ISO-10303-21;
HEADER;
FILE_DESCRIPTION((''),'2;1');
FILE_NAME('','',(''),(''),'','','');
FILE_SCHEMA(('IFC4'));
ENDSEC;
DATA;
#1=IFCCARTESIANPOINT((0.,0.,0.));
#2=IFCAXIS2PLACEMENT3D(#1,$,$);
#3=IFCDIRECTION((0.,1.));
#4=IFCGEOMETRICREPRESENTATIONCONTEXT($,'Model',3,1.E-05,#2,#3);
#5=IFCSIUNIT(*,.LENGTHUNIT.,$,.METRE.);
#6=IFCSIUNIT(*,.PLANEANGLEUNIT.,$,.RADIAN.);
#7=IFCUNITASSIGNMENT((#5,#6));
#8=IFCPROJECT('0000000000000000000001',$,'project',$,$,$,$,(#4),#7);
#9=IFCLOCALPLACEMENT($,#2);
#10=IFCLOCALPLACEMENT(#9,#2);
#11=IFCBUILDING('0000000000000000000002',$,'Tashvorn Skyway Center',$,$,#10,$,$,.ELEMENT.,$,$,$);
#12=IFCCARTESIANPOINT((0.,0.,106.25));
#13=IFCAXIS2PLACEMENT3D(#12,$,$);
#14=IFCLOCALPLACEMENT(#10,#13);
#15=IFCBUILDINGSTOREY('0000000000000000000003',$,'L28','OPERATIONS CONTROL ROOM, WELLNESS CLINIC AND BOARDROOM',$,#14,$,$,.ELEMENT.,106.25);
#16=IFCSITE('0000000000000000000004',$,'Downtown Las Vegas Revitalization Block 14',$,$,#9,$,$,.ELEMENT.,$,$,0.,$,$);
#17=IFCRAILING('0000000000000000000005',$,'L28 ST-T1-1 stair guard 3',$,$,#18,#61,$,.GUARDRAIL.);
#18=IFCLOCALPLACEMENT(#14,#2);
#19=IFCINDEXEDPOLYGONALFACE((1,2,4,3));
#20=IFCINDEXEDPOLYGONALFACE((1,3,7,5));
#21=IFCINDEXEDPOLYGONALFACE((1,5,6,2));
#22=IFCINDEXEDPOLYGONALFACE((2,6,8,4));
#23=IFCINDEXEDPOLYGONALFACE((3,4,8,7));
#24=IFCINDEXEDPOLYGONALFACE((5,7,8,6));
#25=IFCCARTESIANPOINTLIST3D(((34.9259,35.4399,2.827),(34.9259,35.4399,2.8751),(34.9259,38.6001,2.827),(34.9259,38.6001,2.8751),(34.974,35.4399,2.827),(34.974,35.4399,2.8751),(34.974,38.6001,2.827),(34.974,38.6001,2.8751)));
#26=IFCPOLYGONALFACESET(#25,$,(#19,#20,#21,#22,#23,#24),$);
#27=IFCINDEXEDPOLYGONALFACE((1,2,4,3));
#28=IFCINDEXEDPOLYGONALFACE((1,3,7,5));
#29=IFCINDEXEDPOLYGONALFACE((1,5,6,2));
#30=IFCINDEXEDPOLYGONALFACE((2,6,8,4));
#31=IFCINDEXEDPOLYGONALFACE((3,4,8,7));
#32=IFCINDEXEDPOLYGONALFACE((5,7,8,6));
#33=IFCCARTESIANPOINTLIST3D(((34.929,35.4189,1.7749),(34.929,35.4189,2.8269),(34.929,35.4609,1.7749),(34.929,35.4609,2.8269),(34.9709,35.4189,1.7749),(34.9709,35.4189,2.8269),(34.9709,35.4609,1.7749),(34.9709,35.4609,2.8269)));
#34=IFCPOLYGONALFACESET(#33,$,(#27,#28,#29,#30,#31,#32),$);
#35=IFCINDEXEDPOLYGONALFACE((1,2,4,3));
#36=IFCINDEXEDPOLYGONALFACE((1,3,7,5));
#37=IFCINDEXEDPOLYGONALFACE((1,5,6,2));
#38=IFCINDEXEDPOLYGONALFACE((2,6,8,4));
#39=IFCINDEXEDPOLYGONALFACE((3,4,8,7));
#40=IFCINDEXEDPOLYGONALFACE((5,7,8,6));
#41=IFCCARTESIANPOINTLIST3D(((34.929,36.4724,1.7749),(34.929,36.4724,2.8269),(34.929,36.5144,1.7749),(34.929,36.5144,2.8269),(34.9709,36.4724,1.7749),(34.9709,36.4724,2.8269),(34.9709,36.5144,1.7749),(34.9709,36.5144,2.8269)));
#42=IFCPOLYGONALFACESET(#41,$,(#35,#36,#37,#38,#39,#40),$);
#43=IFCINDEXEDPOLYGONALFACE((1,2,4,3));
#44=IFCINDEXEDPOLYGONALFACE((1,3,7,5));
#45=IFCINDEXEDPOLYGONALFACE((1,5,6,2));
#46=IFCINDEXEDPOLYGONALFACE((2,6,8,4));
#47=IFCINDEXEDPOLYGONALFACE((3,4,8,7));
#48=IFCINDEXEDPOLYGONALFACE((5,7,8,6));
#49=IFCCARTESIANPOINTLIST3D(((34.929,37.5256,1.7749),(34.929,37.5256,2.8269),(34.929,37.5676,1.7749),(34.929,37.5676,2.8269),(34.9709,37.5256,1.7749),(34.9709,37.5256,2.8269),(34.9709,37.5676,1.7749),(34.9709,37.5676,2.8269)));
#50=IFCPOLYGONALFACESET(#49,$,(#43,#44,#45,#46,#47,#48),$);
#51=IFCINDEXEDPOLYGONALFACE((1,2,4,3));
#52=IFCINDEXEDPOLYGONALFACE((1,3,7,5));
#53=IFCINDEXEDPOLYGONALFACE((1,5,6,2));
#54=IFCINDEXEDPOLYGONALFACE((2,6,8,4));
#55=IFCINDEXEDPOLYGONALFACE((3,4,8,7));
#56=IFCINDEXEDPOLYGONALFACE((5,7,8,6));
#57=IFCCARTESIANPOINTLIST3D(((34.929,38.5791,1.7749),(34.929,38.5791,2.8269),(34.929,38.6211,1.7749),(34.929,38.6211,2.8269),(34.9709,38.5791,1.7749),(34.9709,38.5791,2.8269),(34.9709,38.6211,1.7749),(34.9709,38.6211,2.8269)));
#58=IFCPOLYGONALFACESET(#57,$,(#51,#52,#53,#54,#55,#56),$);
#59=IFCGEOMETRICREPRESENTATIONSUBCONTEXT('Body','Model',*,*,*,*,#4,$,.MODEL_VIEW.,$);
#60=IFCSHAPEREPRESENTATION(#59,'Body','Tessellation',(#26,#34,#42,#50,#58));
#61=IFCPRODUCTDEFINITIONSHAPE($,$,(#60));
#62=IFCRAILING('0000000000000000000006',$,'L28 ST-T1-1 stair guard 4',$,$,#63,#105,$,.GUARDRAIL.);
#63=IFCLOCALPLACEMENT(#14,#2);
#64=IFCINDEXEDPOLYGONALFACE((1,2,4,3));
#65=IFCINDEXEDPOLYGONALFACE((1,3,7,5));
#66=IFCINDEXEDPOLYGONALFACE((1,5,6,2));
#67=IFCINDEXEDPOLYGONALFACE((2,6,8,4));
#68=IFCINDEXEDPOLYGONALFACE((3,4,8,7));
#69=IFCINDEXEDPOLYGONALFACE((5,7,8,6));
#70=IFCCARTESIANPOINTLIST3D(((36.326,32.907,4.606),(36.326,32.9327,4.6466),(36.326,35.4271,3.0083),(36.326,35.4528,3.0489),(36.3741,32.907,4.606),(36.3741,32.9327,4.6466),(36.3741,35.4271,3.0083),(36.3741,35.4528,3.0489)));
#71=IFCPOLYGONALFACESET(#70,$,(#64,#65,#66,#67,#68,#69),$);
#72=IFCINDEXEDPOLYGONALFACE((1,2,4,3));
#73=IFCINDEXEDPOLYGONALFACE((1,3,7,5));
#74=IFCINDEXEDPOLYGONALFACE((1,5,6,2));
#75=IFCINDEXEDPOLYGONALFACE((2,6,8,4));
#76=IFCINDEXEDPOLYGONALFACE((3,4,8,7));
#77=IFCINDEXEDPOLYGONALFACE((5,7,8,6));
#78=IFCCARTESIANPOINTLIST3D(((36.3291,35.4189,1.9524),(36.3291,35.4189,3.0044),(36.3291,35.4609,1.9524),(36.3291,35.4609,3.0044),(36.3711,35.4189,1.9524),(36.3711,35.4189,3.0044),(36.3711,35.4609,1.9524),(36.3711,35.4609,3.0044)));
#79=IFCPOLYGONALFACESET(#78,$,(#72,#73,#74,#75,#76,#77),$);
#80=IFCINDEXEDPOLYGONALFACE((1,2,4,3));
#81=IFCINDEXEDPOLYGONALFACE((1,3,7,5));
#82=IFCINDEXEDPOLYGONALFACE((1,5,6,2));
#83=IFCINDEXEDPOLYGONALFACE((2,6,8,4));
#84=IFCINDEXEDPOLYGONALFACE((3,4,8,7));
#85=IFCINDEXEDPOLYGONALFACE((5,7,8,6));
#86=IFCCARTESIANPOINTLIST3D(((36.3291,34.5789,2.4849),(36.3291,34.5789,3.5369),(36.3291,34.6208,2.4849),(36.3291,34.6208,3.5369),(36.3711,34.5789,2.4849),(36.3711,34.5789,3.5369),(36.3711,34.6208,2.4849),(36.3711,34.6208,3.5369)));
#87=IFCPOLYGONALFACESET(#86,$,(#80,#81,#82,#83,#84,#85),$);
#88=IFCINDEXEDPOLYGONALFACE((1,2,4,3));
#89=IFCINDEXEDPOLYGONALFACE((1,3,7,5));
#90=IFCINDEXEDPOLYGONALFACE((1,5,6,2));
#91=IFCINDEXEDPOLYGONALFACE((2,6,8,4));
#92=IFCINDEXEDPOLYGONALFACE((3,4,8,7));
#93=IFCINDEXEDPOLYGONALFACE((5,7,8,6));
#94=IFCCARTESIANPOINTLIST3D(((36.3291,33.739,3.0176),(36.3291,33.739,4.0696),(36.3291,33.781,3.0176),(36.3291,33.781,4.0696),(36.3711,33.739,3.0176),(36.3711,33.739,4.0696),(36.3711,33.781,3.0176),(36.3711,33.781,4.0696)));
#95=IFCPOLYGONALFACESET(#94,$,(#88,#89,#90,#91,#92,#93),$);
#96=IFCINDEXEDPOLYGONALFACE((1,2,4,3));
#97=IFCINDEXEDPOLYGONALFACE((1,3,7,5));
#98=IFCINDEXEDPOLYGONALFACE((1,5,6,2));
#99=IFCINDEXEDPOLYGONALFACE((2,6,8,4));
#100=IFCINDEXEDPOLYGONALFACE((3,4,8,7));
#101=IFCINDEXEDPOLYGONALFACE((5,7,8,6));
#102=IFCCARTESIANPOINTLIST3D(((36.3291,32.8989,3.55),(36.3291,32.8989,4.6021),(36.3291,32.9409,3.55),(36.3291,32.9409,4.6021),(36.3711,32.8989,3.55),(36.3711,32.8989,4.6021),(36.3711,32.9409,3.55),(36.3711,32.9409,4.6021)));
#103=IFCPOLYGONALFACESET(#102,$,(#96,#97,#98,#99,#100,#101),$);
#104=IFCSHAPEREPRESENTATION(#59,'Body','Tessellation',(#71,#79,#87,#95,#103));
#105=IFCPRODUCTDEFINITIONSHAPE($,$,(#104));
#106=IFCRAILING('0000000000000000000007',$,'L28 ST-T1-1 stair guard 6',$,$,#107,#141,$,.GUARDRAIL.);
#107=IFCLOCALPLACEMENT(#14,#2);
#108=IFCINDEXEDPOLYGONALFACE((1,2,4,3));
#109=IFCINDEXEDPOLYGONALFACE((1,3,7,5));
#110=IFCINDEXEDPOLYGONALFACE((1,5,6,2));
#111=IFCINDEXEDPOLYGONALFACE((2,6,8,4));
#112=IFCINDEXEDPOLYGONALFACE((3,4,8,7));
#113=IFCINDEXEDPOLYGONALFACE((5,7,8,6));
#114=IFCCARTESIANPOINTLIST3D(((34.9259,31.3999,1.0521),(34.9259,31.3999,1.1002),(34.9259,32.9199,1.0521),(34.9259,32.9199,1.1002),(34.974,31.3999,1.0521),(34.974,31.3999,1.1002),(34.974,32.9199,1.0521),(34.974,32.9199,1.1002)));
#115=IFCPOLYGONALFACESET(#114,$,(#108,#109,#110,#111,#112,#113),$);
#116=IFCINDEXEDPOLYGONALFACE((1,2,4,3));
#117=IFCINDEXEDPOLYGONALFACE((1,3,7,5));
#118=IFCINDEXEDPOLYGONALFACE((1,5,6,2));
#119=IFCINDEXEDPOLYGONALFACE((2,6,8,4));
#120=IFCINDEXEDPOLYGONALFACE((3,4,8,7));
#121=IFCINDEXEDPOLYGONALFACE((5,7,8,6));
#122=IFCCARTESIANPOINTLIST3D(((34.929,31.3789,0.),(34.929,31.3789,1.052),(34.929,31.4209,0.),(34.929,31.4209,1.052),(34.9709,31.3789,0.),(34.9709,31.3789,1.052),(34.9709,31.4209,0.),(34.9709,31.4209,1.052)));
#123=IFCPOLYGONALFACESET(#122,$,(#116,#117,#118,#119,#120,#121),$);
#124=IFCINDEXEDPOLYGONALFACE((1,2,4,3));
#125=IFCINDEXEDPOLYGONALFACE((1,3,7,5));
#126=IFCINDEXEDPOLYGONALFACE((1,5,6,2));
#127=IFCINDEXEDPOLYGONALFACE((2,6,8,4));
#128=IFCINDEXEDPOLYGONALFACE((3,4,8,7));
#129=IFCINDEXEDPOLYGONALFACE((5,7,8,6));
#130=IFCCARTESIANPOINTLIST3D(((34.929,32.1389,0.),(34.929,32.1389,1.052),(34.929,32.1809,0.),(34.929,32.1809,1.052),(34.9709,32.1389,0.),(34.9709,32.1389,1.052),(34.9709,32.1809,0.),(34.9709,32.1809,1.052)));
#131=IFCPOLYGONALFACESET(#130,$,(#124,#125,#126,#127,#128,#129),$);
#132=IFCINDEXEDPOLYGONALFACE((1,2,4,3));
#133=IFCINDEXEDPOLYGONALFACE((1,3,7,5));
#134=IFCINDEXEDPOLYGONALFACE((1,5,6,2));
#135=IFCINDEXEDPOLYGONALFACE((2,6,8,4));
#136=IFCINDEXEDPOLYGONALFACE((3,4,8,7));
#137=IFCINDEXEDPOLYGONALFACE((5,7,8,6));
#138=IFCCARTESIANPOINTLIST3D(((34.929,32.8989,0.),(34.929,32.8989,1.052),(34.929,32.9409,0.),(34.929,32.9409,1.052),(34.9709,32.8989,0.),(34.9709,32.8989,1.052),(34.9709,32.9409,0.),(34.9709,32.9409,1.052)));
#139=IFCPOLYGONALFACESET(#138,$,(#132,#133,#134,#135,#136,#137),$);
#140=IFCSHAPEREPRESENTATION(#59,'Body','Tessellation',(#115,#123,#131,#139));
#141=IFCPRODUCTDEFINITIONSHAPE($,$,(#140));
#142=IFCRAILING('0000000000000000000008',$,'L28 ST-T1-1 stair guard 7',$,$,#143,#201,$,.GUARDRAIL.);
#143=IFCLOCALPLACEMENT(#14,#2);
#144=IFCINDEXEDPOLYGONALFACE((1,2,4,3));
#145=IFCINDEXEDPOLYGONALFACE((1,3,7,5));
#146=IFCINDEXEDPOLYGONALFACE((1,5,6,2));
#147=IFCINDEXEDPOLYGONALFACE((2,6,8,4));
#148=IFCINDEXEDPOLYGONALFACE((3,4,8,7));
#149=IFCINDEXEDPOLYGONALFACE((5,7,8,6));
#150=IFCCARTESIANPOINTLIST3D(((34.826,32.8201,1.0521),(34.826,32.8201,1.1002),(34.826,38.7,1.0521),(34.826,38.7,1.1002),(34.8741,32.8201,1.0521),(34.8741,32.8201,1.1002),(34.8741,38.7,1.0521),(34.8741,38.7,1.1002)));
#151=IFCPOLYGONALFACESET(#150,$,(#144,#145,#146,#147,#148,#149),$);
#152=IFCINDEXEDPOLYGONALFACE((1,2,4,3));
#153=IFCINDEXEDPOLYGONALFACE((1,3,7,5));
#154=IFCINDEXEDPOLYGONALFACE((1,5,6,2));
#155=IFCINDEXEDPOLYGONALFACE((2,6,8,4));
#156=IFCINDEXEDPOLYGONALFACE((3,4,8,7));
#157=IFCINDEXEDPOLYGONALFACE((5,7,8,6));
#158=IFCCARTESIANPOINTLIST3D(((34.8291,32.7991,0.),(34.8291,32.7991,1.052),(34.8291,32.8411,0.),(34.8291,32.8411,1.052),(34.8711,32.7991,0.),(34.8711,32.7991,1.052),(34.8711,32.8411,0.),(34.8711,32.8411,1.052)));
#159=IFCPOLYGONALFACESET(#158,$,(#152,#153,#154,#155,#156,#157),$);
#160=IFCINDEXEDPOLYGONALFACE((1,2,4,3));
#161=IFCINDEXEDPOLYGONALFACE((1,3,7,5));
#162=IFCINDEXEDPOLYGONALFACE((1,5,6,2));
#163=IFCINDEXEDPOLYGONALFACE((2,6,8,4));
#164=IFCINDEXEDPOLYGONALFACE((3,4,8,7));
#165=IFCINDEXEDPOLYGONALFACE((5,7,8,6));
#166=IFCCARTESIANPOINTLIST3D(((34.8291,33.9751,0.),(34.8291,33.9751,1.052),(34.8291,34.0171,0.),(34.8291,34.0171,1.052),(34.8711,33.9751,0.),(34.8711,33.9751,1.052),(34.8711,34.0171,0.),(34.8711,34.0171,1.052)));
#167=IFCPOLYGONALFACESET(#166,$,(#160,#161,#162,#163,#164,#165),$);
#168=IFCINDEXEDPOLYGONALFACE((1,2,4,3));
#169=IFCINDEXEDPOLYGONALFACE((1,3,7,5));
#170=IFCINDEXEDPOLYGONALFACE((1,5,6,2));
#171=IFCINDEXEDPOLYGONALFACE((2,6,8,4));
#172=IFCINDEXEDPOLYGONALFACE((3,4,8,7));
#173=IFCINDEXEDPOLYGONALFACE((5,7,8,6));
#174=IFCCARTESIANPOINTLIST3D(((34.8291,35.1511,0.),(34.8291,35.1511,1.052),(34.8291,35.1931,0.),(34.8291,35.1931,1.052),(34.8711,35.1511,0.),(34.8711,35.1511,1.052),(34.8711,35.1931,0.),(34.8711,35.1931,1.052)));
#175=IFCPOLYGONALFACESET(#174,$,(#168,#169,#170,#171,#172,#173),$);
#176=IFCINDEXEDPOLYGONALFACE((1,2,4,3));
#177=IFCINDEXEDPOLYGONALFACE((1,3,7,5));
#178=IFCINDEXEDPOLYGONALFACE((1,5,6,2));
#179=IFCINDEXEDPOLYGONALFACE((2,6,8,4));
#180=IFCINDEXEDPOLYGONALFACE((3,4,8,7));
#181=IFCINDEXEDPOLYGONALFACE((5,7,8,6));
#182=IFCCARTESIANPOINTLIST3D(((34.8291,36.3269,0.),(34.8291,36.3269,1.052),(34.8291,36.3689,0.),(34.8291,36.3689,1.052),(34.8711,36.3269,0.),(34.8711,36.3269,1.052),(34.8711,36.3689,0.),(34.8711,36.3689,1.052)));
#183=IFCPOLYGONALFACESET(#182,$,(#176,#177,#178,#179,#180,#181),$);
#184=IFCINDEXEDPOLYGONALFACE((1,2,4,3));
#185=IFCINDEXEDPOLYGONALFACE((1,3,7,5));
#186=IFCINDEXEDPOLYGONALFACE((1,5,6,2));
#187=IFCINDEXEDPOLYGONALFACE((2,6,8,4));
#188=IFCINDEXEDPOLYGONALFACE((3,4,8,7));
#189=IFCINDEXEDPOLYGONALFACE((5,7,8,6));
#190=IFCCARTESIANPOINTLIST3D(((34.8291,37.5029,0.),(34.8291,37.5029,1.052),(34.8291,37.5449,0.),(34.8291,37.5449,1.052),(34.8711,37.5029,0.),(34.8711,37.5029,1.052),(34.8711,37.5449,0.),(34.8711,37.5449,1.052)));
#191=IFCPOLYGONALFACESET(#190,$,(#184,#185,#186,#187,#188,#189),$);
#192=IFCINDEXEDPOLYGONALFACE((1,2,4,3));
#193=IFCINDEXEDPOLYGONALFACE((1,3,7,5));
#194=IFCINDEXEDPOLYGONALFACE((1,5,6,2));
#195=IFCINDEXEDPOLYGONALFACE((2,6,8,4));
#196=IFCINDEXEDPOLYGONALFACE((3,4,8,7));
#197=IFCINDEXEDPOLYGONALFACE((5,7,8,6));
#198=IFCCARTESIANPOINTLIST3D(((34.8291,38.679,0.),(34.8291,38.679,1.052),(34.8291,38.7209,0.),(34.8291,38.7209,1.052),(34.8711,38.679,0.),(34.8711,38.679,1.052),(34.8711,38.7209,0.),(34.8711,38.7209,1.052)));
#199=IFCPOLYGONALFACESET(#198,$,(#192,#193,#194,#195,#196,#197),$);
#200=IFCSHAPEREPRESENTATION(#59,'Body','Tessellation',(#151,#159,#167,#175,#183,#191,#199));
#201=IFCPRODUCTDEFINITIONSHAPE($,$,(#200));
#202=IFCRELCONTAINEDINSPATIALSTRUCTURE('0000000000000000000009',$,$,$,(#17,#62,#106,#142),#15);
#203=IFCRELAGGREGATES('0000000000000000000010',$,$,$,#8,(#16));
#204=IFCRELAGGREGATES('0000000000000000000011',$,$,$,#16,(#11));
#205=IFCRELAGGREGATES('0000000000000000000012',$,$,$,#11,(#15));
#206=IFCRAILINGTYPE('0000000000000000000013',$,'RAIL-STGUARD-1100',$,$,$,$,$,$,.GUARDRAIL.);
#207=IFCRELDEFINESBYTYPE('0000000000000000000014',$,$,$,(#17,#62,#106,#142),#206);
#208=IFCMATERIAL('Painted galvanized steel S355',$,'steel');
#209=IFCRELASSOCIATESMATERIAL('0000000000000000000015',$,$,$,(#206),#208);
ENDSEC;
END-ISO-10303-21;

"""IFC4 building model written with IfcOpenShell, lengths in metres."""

from ifc_helpers import new_model, si_unit, direction, frame, origin, origin_2d, place, context, subcontext, project, spatial, rectangle, extrude, material, type_object, element, save


model = new_model("IFC4")

# Units and contexts
model_context = context("Model", 3, precision=1e-05, world=origin(), true_north=direction((0.0, 1.0)))
body_context = subcontext(model_context, "Body", "Model", "MODEL_VIEW")
ifc_project = project(units=[si_unit("LENGTHUNIT", "METRE"), si_unit("PLANEANGLEUNIT", "RADIAN")], contexts=[model_context])

# Site, building, storey
site_placement = place(None, origin())
site = spatial("IfcSite", under=ifc_project, at=site_placement, Name="Downtown Las Vegas Revitalization Block 14", CompositionType="ELEMENT", RefElevation=0.0)
building_placement = place(site_placement, origin())
building = spatial("IfcBuilding", under=site, at=building_placement, Name="Tashvorn Skyway Center", CompositionType="ELEMENT")
storey_placement = place(building_placement, frame((0.0, 0.0, 106.25)))
storey = spatial("IfcBuildingStorey", under=building, at=storey_placement, Name="L28", Description="OPERATIONS CONTROL ROOM, WELLNESS CLINIC AND BOARDROOM", CompositionType="ELEMENT", Elevation=106.25)

# Railings
ifc_material_1 = material(Name="Painted galvanized steel S355", Category="steel")
railing_type_1 = type_object("IfcRailingType", Name="RAIL-STGUARD-1100", PredefinedType="GUARDRAIL", material=ifc_material_1)
railing_1_placement = place(storey_placement, frame((34.95, 35.4399, 1.7749)))
element("IfcRailing", 1, at=railing_1_placement, inside=storey, type_object=railing_type_1, Name="L28 ST-T1-1 stair guard 3", PredefinedType="GUARDRAIL", context=body_context, shape_type="SweptSolid", body=[
    extrude(rectangle(XDim=0.0481, YDim=0.0481, at=origin_2d()), frame((0.0, 0.0, 1.0762), z_axis=(0.0, 1.0, 0.0), x_axis=(-1.0, 0.0, 0.0)), (0.0, 0.0, 1.0), 3.1602),
    extrude(rectangle(XDim=0.042, YDim=0.042, at=origin_2d()), origin(), (0.0, 0.0, 1.0), 1.052),
    extrude(rectangle(XDim=0.042, YDim=0.042, at=origin_2d()), frame((0.0, 1.0535, 0.0)), (0.0, 0.0, 1.0), 1.052),
    extrude(rectangle(XDim=0.042, YDim=0.042, at=origin_2d()), frame((0.0, 2.1067, 0.0)), (0.0, 0.0, 1.0), 1.052),
    extrude(rectangle(XDim=0.042, YDim=0.042, at=origin_2d()), frame((0.0, 3.1602, 0.0)), (0.0, 0.0, 1.0), 1.052),
])
railing_2_placement = place(storey_placement, frame((36.3501, 35.4399, 1.9524)))
element("IfcRailing", 2, at=railing_2_placement, inside=storey, type_object=railing_type_1, Name="L28 ST-T1-1 stair guard 4", PredefinedType="GUARDRAIL", context=body_context, shape_type="SweptSolid", body=[
    extrude(rectangle(XDim=0.0481, YDim=0.0481, at=origin_2d()), frame((0.0, 0.0, 1.0762), z_axis=(0.0, -0.84457, 0.535445), x_axis=(1.0, 0.0, 0.0)), (0.0, 0.0, 1.0), 2.9839),
    extrude(rectangle(XDim=0.042, YDim=0.042, at=origin_2d()), origin(), (0.0, 0.0, 1.0), 1.052),
    extrude(rectangle(XDim=0.042, YDim=0.042, at=origin_2d()), frame((0.0, -0.8401, 0.5325)), (0.0, 0.0, 1.0), 1.052),
    extrude(rectangle(XDim=0.042, YDim=0.042, at=origin_2d()), frame((0.0, -1.6799, 1.0652)), (0.0, 0.0, 1.0), 1.052),
    extrude(rectangle(XDim=0.042, YDim=0.042, at=origin_2d()), frame((0.0, -2.52, 1.5977)), (0.0, 0.0, 1.0), 1.052),
])
railing_3_placement = place(storey_placement, frame((34.95, 31.3999, 0.0)))
element("IfcRailing", 3, at=railing_3_placement, inside=storey, type_object=railing_type_1, Name="L28 ST-T1-1 stair guard 6", PredefinedType="GUARDRAIL", context=body_context, shape_type="SweptSolid", body=[
    extrude(rectangle(XDim=0.0481, YDim=0.0481, at=origin_2d()), frame((0.0, 0.0, 1.0762), z_axis=(0.0, 1.0, 0.0), x_axis=(-1.0, 0.0, 0.0)), (0.0, 0.0, 1.0), 1.52),
    extrude(rectangle(XDim=0.042, YDim=0.042, at=origin_2d()), origin(), (0.0, 0.0, 1.0), 1.052),
    extrude(rectangle(XDim=0.042, YDim=0.042, at=origin_2d()), frame((0.0, 0.76, 0.0)), (0.0, 0.0, 1.0), 1.052),
    extrude(rectangle(XDim=0.042, YDim=0.042, at=origin_2d()), frame((0.0, 1.52, 0.0)), (0.0, 0.0, 1.0), 1.052),
])
railing_4_placement = place(storey_placement, frame((34.8501, 32.8201, 0.0)))
element("IfcRailing", 4, at=railing_4_placement, inside=storey, type_object=railing_type_1, Name="L28 ST-T1-1 stair guard 7", PredefinedType="GUARDRAIL", context=body_context, shape_type="SweptSolid", body=[
    extrude(rectangle(XDim=0.0481, YDim=0.0481, at=origin_2d()), frame((0.0, 0.0, 1.0762), z_axis=(0.0, 1.0, 0.0), x_axis=(-1.0, 0.0, 0.0)), (0.0, 0.0, 1.0), 5.8799),
    extrude(rectangle(XDim=0.042, YDim=0.042, at=origin_2d()), origin(), (0.0, 0.0, 1.0), 1.052),
    extrude(rectangle(XDim=0.042, YDim=0.042, at=origin_2d()), frame((0.0, 1.176, 0.0)), (0.0, 0.0, 1.0), 1.052),
    extrude(rectangle(XDim=0.042, YDim=0.042, at=origin_2d()), frame((0.0, 2.3521, 0.0)), (0.0, 0.0, 1.0), 1.052),
    extrude(rectangle(XDim=0.042, YDim=0.042, at=origin_2d()), frame((0.0, 3.5278, 0.0)), (0.0, 0.0, 1.0), 1.052),
    extrude(rectangle(XDim=0.042, YDim=0.042, at=origin_2d()), frame((0.0, 4.7039, 0.0)), (0.0, 0.0, 1.0), 1.052),
    extrude(rectangle(XDim=0.042, YDim=0.042, at=origin_2d()), frame((0.0, 5.8799, 0.0)), (0.0, 0.0, 1.0), 1.052),
])

save(model, "model.ifc")
